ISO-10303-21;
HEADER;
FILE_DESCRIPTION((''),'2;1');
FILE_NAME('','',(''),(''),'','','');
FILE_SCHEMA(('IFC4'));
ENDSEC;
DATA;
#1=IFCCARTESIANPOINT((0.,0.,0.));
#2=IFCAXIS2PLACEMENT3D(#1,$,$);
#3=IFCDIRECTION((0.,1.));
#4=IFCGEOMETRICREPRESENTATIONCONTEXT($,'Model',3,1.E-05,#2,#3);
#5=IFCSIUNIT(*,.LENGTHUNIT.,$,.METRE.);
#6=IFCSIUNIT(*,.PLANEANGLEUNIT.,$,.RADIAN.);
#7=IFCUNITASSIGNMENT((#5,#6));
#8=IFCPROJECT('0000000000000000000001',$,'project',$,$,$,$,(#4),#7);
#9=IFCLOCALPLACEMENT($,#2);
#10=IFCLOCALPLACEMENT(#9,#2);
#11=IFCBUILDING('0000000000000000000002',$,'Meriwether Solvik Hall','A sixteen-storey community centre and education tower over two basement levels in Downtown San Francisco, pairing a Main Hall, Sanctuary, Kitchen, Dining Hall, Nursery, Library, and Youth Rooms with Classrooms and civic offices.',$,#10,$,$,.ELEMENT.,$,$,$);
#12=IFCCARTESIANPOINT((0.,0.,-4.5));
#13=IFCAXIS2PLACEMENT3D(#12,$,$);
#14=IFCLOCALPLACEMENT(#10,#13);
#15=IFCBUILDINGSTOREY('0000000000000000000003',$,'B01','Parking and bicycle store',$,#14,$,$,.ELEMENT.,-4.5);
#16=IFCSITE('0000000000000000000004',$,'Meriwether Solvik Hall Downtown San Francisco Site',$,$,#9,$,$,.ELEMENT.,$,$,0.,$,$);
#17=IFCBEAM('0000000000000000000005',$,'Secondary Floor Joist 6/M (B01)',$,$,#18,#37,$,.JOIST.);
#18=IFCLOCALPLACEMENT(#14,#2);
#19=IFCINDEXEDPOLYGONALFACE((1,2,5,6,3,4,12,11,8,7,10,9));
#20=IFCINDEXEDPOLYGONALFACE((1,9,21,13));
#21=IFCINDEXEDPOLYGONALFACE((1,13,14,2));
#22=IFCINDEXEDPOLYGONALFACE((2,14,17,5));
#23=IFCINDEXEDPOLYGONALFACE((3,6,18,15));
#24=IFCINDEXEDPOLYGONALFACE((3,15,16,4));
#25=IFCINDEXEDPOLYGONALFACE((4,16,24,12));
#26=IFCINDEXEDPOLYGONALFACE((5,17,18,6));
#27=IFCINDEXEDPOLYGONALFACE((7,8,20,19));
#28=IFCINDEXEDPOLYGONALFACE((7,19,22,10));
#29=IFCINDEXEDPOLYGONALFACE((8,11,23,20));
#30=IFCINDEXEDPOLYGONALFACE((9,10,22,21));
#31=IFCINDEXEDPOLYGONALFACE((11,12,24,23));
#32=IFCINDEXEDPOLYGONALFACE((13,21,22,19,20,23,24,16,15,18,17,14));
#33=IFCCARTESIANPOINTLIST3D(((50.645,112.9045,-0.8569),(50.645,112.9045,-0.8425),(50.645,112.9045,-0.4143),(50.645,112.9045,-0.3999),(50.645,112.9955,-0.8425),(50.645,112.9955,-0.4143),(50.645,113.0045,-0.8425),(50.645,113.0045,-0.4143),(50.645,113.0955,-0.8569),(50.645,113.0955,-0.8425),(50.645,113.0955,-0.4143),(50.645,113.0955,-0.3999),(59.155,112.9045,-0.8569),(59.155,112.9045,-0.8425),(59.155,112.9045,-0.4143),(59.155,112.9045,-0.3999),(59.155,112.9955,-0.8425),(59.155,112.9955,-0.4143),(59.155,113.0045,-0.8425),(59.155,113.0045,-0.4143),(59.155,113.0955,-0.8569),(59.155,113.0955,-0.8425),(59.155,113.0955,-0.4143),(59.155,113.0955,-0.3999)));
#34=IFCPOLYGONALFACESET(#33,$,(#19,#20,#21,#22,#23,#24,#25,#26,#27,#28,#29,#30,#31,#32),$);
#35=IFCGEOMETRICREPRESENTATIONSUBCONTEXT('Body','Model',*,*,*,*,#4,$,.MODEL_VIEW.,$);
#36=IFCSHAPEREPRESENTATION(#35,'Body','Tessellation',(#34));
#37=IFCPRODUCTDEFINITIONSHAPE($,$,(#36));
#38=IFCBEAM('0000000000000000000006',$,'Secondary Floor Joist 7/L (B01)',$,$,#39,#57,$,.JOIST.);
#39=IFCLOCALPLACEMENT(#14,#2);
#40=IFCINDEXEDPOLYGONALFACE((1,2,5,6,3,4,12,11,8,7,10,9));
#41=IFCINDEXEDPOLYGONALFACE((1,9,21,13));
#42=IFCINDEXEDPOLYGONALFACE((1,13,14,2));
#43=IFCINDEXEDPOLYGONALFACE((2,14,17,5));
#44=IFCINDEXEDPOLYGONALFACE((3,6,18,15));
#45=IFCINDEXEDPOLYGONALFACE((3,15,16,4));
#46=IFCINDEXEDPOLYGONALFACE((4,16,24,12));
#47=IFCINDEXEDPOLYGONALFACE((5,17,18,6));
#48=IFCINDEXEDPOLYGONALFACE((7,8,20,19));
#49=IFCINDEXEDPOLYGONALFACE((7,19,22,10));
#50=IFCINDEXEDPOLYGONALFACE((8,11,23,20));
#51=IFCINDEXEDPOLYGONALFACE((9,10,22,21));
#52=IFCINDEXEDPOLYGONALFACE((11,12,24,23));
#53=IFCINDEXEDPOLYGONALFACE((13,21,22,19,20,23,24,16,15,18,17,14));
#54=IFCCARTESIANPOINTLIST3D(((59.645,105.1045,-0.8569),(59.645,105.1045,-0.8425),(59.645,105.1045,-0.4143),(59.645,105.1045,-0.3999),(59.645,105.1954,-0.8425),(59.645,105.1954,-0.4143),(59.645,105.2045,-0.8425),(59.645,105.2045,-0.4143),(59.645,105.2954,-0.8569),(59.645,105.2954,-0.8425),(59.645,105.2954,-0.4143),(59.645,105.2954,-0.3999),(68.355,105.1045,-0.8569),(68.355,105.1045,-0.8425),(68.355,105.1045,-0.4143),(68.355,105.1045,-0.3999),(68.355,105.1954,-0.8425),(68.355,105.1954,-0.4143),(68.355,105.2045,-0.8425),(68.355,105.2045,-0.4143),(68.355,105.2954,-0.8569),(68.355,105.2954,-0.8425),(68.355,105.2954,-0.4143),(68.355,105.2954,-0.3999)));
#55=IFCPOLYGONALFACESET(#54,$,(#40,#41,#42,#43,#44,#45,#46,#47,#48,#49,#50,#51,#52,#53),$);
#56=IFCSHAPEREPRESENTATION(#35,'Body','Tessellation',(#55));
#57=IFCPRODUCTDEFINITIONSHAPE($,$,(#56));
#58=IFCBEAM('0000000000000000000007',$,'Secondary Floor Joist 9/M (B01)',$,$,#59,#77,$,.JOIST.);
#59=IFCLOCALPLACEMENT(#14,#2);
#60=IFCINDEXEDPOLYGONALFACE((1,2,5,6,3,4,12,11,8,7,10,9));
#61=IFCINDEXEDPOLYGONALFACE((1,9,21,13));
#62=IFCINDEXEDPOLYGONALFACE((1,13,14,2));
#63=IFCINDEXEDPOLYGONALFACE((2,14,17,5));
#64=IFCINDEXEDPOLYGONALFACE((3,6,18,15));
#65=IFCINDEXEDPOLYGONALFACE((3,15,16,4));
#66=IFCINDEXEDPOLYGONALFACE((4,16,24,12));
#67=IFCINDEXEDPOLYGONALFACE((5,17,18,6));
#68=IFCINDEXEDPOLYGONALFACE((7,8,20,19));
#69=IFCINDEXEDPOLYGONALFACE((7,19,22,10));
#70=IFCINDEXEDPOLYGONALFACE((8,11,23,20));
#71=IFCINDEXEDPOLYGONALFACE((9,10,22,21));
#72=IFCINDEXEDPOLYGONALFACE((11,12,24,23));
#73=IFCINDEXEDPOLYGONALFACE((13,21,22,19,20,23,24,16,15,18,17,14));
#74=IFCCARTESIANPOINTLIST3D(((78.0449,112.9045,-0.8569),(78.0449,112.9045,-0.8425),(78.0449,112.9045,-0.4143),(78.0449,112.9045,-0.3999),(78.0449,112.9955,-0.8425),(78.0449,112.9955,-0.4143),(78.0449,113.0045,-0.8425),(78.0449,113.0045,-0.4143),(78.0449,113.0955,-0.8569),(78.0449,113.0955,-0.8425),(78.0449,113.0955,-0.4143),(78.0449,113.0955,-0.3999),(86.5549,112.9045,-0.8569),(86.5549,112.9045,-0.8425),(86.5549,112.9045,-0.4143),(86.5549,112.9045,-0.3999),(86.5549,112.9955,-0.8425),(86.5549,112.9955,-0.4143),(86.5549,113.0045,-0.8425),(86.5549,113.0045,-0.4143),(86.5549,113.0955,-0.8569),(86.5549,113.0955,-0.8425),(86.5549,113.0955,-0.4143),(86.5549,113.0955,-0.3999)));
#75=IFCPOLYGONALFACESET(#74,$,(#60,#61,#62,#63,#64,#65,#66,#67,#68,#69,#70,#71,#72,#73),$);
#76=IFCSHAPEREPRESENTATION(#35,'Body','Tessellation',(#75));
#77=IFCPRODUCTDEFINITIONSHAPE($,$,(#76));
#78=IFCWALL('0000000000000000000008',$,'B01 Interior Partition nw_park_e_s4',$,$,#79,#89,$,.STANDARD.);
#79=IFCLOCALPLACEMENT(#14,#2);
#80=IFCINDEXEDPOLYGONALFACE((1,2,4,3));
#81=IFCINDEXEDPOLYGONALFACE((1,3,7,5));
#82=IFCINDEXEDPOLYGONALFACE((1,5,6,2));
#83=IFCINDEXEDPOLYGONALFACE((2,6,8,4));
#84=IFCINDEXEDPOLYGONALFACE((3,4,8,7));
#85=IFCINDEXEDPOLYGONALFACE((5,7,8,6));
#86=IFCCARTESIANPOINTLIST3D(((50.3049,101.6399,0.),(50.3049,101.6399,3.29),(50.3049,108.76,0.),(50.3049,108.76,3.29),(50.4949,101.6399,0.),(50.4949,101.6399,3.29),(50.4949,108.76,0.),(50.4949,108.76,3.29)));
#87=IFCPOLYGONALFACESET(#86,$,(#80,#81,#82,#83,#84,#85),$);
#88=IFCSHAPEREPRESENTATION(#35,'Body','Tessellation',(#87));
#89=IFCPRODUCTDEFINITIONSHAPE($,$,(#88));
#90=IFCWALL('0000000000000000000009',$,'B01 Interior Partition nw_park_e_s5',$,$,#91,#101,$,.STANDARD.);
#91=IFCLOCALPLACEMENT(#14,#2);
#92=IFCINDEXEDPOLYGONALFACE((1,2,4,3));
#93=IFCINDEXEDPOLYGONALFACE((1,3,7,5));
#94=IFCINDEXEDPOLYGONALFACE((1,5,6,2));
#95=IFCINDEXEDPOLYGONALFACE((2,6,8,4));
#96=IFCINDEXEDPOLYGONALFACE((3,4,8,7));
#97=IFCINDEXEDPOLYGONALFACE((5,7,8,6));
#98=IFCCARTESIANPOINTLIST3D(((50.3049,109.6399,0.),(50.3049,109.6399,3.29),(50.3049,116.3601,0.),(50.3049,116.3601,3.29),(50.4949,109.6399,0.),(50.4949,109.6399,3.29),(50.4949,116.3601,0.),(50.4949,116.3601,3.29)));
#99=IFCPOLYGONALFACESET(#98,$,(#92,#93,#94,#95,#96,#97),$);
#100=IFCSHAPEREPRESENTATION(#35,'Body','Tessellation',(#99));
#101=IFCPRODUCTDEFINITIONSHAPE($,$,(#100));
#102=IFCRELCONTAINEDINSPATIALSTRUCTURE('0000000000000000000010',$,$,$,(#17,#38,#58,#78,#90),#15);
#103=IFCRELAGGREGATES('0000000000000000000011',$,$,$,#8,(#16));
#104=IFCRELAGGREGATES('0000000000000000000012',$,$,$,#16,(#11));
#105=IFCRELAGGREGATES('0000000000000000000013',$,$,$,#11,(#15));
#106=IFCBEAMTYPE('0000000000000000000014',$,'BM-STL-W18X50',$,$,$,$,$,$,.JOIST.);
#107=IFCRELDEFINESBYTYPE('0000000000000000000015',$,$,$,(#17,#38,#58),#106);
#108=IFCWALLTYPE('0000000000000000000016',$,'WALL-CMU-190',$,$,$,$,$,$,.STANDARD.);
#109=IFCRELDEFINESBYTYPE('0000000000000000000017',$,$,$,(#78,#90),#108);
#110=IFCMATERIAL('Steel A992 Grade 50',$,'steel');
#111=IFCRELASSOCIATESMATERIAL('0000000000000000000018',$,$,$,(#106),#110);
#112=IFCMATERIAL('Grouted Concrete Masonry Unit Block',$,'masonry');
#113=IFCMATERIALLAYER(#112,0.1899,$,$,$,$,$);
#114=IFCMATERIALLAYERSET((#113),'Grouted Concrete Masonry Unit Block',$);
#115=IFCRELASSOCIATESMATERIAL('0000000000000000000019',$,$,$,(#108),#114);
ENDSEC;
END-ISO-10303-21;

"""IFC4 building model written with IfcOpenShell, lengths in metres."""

from ifc_helpers import new_model, si_unit, direction, frame, frame_2d, origin, origin_2d, place, context, subcontext, project, spatial, rectangle, i_section, extrude, material, layer, layer_set, material_profile, profile_set, type_object, element, save


model = new_model("IFC4")

# Units and contexts
model_context = context("Model", 3, precision=1e-05, world=origin(), true_north=direction((0.0, 1.0)))
body_context = subcontext(model_context, "Body", "Model", "MODEL_VIEW")
ifc_project = project(units=[si_unit("LENGTHUNIT", "METRE"), si_unit("PLANEANGLEUNIT", "RADIAN")], contexts=[model_context])

# Site, building, storey
site_placement = place(None, origin())
site = spatial("IfcSite", under=ifc_project, at=site_placement, Name="Meriwether Solvik Hall Downtown San Francisco Site", CompositionType="ELEMENT", RefElevation=0.0)
building_placement = place(site_placement, origin())
building = spatial("IfcBuilding", under=site, at=building_placement, Name="Meriwether Solvik Hall", Description="A sixteen-storey community centre and education tower over two basement levels in Downtown San Francisco, pairing a Main Hall, Sanctuary, Kitchen, Dining Hall, Nursery, Library, and Youth Rooms with Classrooms and civic offices.", CompositionType="ELEMENT")
storey_placement = place(building_placement, frame((0.0, 0.0, -4.5)))
storey = spatial("IfcBuildingStorey", under=building, at=storey_placement, Name="B01", Description="Parking and bicycle store", CompositionType="ELEMENT", Elevation=-4.5)

# Beams
ifc_material_1 = material(Name="Steel A992 Grade 50", Category="steel")
ifc_material_profile_1 = material_profile(ifc_material_1, i_section(OverallWidth=0.1909, OverallDepth=0.457, WebThickness=0.009, FlangeThickness=0.0144, at=origin_2d()), Name="W18X50")
ifc_profile_set_1 = profile_set([ifc_material_profile_1], Name="Steel A992 Grade 50")
beam_type_1 = type_object("IfcBeamType", Name="BM-STL-W18X50", PredefinedType="JOIST", material=ifc_profile_set_1)
beam_1_placement = place(storey_placement, frame((50.645, 113.0, -0.6284), z_axis=(1.0, 0.0, 0.0), x_axis=(0.0, 1.0, 0.0)))
element("IfcBeam", 1, at=beam_1_placement, inside=storey, type_object=beam_type_1, Name="Secondary Floor Joist 6/M (B01)", PredefinedType="JOIST", context=body_context, shape_type="SweptSolid", body=[
    extrude(i_section(OverallWidth=0.1909, OverallDepth=0.457, WebThickness=0.009, FlangeThickness=0.0144, at=origin_2d()), origin(), (0.0, 0.0, 1.0), 8.51),
])
beam_2_placement = place(storey_placement, frame((59.645, 105.2, -0.6284), z_axis=(1.0, 0.0, 0.0), x_axis=(0.0, 1.0, 0.0)))
element("IfcBeam", 2, at=beam_2_placement, inside=storey, type_object=beam_type_1, Name="Secondary Floor Joist 7/L (B01)", PredefinedType="JOIST", context=body_context, shape_type="SweptSolid", body=[
    extrude(i_section(OverallWidth=0.1909, OverallDepth=0.457, WebThickness=0.009, FlangeThickness=0.0144, at=origin_2d()), origin(), (0.0, 0.0, 1.0), 8.71),
])
beam_3_placement = place(storey_placement, frame((78.0449, 113.0, -0.6284), z_axis=(1.0, 0.0, 0.0), x_axis=(0.0, 1.0, 0.0)))
element("IfcBeam", 3, at=beam_3_placement, inside=storey, type_object=beam_type_1, Name="Secondary Floor Joist 9/M (B01)", PredefinedType="JOIST", context=body_context, shape_type="SweptSolid", body=[
    extrude(i_section(OverallWidth=0.1909, OverallDepth=0.457, WebThickness=0.009, FlangeThickness=0.0144, at=origin_2d()), origin(), (0.0, 0.0, 1.0), 8.51),
])

# Walls
ifc_material_2 = material(Name="Grouted Concrete Masonry Unit Block", Category="masonry")
ifc_layer = layer(ifc_material_2, 0.1899)
ifc_layer_set = layer_set([ifc_layer], Name="Grouted Concrete Masonry Unit Block")
wall_type = type_object("IfcWallType", Name="WALL-CMU-190", PredefinedType="STANDARD", material=ifc_layer_set)
wall_1_placement = place(storey_placement, frame((50.3999, 101.6399, 0.0), z_axis=(0.0, 0.0, 1.0), x_axis=(0.0, 1.0, 0.0)))
element("IfcWall", 4, at=wall_1_placement, inside=storey, type_object=wall_type, Name="B01 Interior Partition nw_park_e_s4", PredefinedType="STANDARD", context=body_context, shape_type="SweptSolid", body=[
    extrude(rectangle(XDim=7.1201, YDim=0.1899, at=frame_2d((3.5601, 0.0))), origin(), (0.0, 0.0, 1.0), 3.29),
])
wall_2_placement = place(storey_placement, frame((50.3999, 109.6399, 0.0), z_axis=(0.0, 0.0, 1.0), x_axis=(0.0, 1.0, 0.0)))
element("IfcWall", 5, at=wall_2_placement, inside=storey, type_object=wall_type, Name="B01 Interior Partition nw_park_e_s5", PredefinedType="STANDARD", context=body_context, shape_type="SweptSolid", body=[
    extrude(rectangle(XDim=6.7202, YDim=0.1899, at=frame_2d((3.3601, 0.0))), origin(), (0.0, 0.0, 1.0), 3.29),
])

save(model, "model.ifc")
